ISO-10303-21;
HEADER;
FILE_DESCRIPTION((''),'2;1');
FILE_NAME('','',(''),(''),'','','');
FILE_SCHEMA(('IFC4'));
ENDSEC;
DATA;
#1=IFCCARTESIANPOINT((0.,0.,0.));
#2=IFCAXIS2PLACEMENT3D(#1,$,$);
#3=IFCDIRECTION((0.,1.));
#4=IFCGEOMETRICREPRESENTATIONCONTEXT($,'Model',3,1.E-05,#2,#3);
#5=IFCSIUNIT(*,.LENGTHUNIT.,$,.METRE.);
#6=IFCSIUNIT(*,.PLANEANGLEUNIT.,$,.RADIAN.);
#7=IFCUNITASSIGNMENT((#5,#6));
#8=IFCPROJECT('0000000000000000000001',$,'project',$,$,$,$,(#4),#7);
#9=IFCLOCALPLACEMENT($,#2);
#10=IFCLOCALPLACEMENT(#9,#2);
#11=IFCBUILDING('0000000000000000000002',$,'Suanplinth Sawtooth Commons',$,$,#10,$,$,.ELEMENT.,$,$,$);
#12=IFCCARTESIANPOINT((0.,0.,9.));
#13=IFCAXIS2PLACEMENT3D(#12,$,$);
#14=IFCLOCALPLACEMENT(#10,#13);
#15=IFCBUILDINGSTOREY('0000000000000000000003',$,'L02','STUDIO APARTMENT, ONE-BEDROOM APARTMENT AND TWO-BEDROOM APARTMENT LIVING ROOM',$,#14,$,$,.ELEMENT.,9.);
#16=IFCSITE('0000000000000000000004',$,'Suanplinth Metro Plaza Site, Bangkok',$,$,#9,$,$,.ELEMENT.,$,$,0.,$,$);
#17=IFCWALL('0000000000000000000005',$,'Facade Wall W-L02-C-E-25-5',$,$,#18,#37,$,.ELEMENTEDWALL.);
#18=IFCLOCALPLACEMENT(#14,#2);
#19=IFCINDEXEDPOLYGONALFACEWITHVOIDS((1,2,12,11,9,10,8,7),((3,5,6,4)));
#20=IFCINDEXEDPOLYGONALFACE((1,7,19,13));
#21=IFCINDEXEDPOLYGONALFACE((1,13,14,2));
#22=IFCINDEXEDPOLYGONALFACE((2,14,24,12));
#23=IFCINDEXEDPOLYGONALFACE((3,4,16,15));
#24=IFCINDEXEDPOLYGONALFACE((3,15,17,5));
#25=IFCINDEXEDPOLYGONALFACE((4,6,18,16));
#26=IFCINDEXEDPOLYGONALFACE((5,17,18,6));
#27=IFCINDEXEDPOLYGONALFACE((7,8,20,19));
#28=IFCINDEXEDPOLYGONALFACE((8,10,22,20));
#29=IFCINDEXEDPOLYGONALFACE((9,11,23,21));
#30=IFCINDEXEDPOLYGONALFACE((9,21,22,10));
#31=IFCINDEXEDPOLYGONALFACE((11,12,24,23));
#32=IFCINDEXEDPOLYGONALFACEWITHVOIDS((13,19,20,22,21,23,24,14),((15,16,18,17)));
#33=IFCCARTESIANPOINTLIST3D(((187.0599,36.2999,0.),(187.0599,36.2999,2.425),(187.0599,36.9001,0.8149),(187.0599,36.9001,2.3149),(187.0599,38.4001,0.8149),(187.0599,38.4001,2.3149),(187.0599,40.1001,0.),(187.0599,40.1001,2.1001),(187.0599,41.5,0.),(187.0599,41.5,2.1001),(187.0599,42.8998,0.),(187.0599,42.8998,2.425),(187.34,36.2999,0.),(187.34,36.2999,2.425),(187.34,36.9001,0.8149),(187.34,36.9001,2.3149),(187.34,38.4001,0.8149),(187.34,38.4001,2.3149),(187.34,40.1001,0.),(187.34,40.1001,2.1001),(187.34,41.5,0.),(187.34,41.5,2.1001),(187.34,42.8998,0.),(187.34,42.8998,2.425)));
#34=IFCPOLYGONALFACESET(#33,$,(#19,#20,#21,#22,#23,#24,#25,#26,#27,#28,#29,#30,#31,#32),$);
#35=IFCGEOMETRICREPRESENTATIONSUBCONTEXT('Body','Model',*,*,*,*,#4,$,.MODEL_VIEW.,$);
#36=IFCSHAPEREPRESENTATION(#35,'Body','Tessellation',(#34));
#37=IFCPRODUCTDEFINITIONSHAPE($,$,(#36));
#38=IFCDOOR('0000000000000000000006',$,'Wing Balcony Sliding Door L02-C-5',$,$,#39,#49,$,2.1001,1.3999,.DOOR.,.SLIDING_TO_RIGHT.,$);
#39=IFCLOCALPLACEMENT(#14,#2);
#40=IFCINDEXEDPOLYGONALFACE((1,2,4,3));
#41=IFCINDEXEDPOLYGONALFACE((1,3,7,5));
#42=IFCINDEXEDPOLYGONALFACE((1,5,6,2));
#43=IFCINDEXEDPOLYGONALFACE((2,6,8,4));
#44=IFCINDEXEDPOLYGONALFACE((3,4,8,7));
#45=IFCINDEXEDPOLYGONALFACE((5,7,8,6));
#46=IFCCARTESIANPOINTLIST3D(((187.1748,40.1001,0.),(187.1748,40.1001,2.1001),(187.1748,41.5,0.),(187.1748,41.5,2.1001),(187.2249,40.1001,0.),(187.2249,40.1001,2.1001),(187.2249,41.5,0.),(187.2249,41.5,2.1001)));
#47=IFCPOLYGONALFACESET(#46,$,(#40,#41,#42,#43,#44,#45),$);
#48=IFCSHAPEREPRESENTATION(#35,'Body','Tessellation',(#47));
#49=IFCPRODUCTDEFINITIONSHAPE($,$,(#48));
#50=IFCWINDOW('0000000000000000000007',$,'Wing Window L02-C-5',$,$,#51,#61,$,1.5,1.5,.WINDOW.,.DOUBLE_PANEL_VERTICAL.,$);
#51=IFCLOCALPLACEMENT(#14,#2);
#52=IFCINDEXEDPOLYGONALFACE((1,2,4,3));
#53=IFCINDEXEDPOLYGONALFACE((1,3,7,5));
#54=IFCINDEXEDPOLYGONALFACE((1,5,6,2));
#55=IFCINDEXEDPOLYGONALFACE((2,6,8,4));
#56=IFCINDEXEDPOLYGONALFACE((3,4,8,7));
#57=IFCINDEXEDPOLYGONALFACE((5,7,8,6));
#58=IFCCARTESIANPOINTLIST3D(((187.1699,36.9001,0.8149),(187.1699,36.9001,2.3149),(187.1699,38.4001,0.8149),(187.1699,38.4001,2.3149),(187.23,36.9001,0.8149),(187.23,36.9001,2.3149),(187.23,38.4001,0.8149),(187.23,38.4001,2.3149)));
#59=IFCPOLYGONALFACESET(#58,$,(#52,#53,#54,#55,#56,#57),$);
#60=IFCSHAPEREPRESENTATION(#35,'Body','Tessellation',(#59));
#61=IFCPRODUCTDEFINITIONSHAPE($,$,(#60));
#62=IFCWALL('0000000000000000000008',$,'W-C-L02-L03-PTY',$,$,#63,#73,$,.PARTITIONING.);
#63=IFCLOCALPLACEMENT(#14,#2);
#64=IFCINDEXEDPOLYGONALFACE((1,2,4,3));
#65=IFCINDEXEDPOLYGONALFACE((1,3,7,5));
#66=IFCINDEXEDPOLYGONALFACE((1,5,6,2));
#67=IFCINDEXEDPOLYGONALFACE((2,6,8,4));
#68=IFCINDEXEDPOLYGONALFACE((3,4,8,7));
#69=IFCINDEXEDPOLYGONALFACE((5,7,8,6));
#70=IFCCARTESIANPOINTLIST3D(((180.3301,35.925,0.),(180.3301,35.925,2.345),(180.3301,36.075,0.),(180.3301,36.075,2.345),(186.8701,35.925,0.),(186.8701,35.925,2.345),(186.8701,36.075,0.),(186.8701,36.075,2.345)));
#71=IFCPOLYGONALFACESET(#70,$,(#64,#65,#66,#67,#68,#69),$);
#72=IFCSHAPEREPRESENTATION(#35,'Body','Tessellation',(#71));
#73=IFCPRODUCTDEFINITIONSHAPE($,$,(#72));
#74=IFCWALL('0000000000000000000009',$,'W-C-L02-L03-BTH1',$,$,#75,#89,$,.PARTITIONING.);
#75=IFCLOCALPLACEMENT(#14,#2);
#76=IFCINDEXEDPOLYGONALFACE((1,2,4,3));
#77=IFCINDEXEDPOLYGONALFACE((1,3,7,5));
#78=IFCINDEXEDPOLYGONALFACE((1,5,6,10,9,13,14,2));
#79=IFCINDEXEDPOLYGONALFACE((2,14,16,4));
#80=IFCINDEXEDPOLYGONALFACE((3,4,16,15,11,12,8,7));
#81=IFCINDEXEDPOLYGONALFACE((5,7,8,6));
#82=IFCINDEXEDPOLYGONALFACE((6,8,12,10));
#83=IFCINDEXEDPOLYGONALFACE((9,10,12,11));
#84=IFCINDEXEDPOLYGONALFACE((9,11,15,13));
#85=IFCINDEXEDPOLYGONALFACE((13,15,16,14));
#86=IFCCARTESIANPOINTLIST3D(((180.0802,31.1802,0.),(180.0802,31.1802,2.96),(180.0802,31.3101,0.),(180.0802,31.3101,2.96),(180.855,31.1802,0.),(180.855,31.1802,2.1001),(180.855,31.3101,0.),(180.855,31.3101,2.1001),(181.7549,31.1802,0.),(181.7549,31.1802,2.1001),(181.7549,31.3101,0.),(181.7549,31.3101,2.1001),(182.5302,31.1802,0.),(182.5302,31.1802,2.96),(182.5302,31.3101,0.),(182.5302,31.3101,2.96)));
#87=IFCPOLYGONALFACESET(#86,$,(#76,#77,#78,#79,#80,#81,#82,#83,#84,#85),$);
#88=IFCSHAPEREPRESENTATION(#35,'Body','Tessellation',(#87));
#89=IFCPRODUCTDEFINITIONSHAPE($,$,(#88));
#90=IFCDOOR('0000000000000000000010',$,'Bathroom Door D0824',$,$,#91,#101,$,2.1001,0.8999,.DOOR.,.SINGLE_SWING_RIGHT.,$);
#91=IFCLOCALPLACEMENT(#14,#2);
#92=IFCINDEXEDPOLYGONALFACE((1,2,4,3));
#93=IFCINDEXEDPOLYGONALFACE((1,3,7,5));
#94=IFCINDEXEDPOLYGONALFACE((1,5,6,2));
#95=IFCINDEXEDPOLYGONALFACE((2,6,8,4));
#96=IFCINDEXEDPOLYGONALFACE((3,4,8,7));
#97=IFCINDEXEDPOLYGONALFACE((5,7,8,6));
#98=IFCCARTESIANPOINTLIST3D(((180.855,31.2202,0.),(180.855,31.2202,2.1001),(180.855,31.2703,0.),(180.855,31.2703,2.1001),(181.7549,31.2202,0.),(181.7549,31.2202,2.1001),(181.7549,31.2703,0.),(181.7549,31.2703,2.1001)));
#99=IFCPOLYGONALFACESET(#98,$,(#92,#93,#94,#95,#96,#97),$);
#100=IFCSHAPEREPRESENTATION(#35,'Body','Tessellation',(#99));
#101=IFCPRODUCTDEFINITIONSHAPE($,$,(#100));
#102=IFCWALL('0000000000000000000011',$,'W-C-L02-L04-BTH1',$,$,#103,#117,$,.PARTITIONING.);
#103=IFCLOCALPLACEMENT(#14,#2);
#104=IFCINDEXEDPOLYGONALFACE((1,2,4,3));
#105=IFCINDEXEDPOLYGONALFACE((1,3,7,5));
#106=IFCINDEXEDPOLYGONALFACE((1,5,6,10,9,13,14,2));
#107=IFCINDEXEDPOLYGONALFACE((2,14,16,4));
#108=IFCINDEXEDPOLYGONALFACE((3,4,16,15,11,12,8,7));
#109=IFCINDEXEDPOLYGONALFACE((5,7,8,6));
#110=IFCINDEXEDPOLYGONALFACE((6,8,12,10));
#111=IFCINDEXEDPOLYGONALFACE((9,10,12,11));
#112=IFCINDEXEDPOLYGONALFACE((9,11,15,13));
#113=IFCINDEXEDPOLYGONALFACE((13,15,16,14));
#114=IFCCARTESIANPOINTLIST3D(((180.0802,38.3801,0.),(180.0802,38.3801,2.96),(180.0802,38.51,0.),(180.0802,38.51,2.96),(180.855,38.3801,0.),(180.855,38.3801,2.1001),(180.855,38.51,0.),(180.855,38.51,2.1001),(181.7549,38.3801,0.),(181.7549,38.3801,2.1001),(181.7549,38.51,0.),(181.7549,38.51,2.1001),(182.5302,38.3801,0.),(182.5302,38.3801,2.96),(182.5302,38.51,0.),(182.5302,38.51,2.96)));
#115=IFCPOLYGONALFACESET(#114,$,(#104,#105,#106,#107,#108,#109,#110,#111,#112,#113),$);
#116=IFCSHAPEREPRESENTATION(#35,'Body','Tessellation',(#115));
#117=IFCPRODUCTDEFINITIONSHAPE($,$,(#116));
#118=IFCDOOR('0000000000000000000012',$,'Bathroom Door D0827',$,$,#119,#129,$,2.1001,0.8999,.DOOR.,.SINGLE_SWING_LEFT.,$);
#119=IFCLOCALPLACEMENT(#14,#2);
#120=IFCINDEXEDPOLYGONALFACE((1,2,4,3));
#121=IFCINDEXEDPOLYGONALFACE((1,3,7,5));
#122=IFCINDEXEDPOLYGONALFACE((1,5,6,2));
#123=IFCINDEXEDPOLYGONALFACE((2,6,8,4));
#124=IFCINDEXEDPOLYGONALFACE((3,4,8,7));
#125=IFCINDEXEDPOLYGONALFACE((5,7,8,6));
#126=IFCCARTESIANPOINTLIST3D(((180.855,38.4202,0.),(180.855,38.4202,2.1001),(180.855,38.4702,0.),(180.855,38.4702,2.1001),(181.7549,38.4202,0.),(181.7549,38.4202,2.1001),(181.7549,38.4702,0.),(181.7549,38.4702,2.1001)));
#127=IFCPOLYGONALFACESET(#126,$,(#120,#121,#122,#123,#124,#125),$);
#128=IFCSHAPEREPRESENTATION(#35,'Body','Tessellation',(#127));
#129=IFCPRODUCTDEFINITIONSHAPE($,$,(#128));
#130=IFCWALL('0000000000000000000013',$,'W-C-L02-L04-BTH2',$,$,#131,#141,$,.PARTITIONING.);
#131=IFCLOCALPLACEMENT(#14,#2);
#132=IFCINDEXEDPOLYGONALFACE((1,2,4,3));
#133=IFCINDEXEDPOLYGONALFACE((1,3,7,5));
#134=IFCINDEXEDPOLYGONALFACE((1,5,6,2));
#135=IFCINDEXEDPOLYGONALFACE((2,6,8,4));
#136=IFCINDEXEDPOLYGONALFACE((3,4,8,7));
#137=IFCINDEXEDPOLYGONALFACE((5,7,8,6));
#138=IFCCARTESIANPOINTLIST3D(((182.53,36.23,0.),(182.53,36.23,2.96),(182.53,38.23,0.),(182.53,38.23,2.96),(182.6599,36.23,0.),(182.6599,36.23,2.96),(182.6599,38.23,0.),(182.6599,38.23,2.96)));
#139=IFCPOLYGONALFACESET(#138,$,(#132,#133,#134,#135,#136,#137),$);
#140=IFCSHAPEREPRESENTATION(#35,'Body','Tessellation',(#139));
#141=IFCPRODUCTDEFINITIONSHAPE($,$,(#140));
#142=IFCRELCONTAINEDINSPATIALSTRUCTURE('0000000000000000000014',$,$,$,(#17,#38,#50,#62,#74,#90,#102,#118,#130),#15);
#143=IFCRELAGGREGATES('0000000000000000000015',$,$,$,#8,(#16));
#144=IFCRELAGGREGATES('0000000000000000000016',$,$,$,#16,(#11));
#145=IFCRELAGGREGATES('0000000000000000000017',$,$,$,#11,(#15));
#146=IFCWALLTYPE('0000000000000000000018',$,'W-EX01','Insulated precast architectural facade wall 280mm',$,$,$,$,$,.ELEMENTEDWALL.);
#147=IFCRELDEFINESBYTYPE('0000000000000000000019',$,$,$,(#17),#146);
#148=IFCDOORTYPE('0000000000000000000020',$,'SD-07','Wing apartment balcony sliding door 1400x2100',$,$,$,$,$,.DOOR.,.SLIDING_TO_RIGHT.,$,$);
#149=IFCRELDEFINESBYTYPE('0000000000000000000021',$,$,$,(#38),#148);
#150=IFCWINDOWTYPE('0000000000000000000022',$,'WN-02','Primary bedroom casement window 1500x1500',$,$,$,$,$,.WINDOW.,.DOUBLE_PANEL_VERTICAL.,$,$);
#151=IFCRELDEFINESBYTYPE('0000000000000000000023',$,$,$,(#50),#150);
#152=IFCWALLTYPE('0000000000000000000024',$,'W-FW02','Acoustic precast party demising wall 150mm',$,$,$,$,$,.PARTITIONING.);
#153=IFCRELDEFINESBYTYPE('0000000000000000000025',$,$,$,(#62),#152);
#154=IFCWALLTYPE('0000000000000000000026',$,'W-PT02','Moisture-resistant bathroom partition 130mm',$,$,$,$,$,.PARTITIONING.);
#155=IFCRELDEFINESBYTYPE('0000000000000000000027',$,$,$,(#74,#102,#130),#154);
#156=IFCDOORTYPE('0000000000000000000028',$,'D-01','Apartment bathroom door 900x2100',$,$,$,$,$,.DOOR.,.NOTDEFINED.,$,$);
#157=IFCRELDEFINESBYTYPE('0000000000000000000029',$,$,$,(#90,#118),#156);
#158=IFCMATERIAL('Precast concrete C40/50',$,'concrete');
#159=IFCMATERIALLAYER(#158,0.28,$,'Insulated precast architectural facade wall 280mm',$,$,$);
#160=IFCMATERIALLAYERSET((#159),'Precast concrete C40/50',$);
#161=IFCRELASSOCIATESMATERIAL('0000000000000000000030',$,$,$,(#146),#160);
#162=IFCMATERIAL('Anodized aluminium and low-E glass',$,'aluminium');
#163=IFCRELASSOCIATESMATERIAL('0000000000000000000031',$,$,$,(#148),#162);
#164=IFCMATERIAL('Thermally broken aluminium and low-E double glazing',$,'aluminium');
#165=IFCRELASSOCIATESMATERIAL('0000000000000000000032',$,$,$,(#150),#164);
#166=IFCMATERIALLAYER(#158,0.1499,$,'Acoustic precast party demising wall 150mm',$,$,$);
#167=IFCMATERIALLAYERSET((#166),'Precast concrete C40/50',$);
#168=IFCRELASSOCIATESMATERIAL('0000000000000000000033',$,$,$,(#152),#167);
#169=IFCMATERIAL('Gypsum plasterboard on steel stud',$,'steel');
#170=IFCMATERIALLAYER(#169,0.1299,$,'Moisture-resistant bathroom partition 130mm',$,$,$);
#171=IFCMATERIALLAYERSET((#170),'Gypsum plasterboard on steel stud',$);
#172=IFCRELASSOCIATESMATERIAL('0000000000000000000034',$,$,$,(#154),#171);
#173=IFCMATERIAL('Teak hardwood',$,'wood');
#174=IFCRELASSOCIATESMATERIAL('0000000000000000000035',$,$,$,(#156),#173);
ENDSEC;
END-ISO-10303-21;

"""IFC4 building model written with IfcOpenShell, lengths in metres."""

from ifc_helpers import new_model, si_unit, direction, frame, frame_2d, origin, place, context, subcontext, project, spatial, rectangle, extrude, material, layer, layer_set, type_object, element, fill, save


model = new_model("IFC4")

# Units and contexts
model_context = context("Model", 3, precision=1e-05, world=origin(), true_north=direction((0.0, 1.0)))
body_context = subcontext(model_context, "Body", "Model", "MODEL_VIEW")
ifc_project = project(units=[si_unit("LENGTHUNIT", "METRE"), si_unit("PLANEANGLEUNIT", "RADIAN")], contexts=[model_context])

# Site, building, storey
site_placement = place(None, origin())
site = spatial("IfcSite", under=ifc_project, at=site_placement, Name="Suanplinth Metro Plaza Site, Bangkok", CompositionType="ELEMENT", RefElevation=0.0)
building_placement = place(site_placement, origin())
building = spatial("IfcBuilding", under=site, at=building_placement, Name="Suanplinth Sawtooth Commons", CompositionType="ELEMENT")
storey_placement = place(building_placement, frame((0.0, 0.0, 9.0)))
storey = spatial("IfcBuildingStorey", under=building, at=storey_placement, Name="L02", Description="STUDIO APARTMENT, ONE-BEDROOM APARTMENT AND TWO-BEDROOM APARTMENT LIVING ROOM", CompositionType="ELEMENT", Elevation=9.0)

# Shared definitions
ifc_material_1 = material(Name="Precast concrete C40/50", Category="concrete")

# Wall, openings, door, window
ifc_layer_1 = layer(ifc_material_1, 0.28, Name="Insulated precast architectural facade wall 280mm")
ifc_layer_set_1 = layer_set([ifc_layer_1], Name="Precast concrete C40/50")
wall_type_1 = type_object("IfcWallType", Name="W-EX01", Description="Insulated precast architectural facade wall 280mm", PredefinedType="ELEMENTEDWALL", material=ifc_layer_set_1)
ifc_material_2 = material(Name="Anodized aluminium and low-E glass", Category="aluminium")
door_type_1 = type_object("IfcDoorType", Name="SD-07", Description="Wing apartment balcony sliding door 1400x2100", OperationType="SLIDING_TO_RIGHT", PredefinedType="DOOR", material=ifc_material_2)
ifc_material_3 = material(Name="Thermally broken aluminium and low-E double glazing", Category="aluminium")
window_type = type_object("IfcWindowType", Name="WN-02", Description="Primary bedroom casement window 1500x1500", PartitioningType="DOUBLE_PANEL_VERTICAL", PredefinedType="WINDOW", material=ifc_material_3)
wall_1_placement = place(storey_placement, frame((187.2, 36.3, 0.0), z_axis=(0.0, 0.0, 1.0), x_axis=(0.0, 1.0, 0.0)))
wall_1 = element("IfcWall", 1, at=wall_1_placement, inside=storey, type_object=wall_type_1, Name="Facade Wall W-L02-C-E-25-5", PredefinedType="ELEMENTEDWALL", context=body_context, shape_type="SweptSolid", body=[
    extrude(rectangle(XDim=6.5999, YDim=0.28, at=frame_2d((3.2998, 0.0))), origin(), (0.0, 0.0, 1.0), 2.425),
])
opening_1_placement = place(wall_1_placement, frame((3.8, 0.0, 0.0)))
opening_1 = element("IfcOpeningElement", 2, at=opening_1_placement, cuts=wall_1, PredefinedType="OPENING", context=body_context, shape_type="SweptSolid", body=[
    extrude(rectangle(XDim=1.3999, YDim=2.1001, at=frame_2d((0.7, 1.05))), frame((0.0, 0.1548, 0.0), z_axis=(0.0, -1.0, 0.0), x_axis=(1.0, 0.0, 0.0)), (0.0, 0.0, 1.0), 0.3098),
])
opening_2_placement = place(wall_1_placement, frame((0.6001, 0.0, 0.8149)))
opening_2 = element("IfcOpeningElement", 3, at=opening_2_placement, cuts=wall_1, PredefinedType="OPENING", context=body_context, shape_type="SweptSolid", body=[
    extrude(rectangle(XDim=1.5, YDim=1.5, at=frame_2d((0.75, 0.75))), frame((0.0, 0.1548, 0.0), z_axis=(0.0, -1.0, 0.0), x_axis=(1.0, 0.0, 0.0)), (0.0, 0.0, 1.0), 0.3098),
])
door_1_placement = place(opening_1_placement, frame((1.3999, 0.0, 0.0), z_axis=(0.0, 0.0, 1.0), x_axis=(-1.0, 0.0, 0.0)))
door_1 = element("IfcDoor", 4, at=door_1_placement, inside=storey, type_object=door_type_1, Name="Wing Balcony Sliding Door L02-C-5", OperationType="SLIDING_TO_RIGHT", OverallHeight=2.1001, OverallWidth=1.3999, PredefinedType="DOOR", context=body_context, shape_type="SweptSolid", body=[
    extrude(rectangle(XDim=1.3999, YDim=2.1001, at=frame_2d((0.7, 1.05))), frame((0.0, 0.0249, 0.0), z_axis=(0.0, -1.0, 0.0), x_axis=(1.0, 0.0, 0.0)), (0.0, 0.0, 1.0), 0.05),
])
fill(opening_1, door_1)
window_1_placement = place(opening_2_placement, origin())
window_1 = element("IfcWindow", 5, at=window_1_placement, inside=storey, type_object=window_type, Name="Wing Window L02-C-5", OverallHeight=1.5, OverallWidth=1.5, PartitioningType="DOUBLE_PANEL_VERTICAL", PredefinedType="WINDOW", context=body_context, shape_type="SweptSolid", body=[
    extrude(rectangle(XDim=1.5, YDim=1.5, at=frame_2d((0.75, 0.75))), frame((0.0, 0.03, 0.0), z_axis=(0.0, -1.0, 0.0), x_axis=(1.0, 0.0, 0.0)), (0.0, 0.0, 1.0), 0.0601),
])
fill(opening_2, window_1)

# Wall
ifc_layer_2 = layer(ifc_material_1, 0.1499, Name="Acoustic precast party demising wall 150mm")
ifc_layer_set_2 = layer_set([ifc_layer_2], Name="Precast concrete C40/50")
wall_type_2 = type_object("IfcWallType", Name="W-FW02", Description="Acoustic precast party demising wall 150mm", PredefinedType="PARTITIONING", material=ifc_layer_set_2)
wall_2_placement = place(storey_placement, frame((180.3301, 36.0, 0.0), z_axis=(0.0, 0.0, 1.0), x_axis=(1.0, 0.0, 0.0)))
element("IfcWall", 6, at=wall_2_placement, inside=storey, type_object=wall_type_2, Name="W-C-L02-L03-PTY", PredefinedType="PARTITIONING", context=body_context, shape_type="SweptSolid", body=[
    extrude(rectangle(XDim=6.54, YDim=0.1499, at=frame_2d((3.27, 0.0))), origin(), (0.0, 0.0, 1.0), 2.345),
])

# Walls, openings, doors
ifc_material_4 = material(Name="Gypsum plasterboard on steel stud", Category="steel")
ifc_layer_3 = layer(ifc_material_4, 0.1299, Name="Moisture-resistant bathroom partition 130mm")
ifc_layer_set_3 = layer_set([ifc_layer_3], Name="Gypsum plasterboard on steel stud")
wall_type_3 = type_object("IfcWallType", Name="W-PT02", Description="Moisture-resistant bathroom partition 130mm", PredefinedType="PARTITIONING", material=ifc_layer_set_3)
wall_3_placement = place(storey_placement, frame((180.0801, 31.2451, 0.0), z_axis=(0.0, 0.0, 1.0), x_axis=(1.0, 0.0, 0.0)))
wall_3 = element("IfcWall", 7, at=wall_3_placement, inside=storey, type_object=wall_type_3, Name="W-C-L02-L03-BTH1", PredefinedType="PARTITIONING", context=body_context, shape_type="SweptSolid", body=[
    extrude(rectangle(XDim=2.45, YDim=0.1299, at=frame_2d((1.2251, 0.0))), origin(), (0.0, 0.0, 1.0), 2.96),
])
opening_3_placement = place(wall_3_placement, frame((0.7749, 0.0, 0.0)))
opening_3 = element("IfcOpeningElement", 8, at=opening_3_placement, cuts=wall_3, PredefinedType="OPENING", context=body_context, shape_type="SweptSolid", body=[
    extrude(rectangle(XDim=0.8999, YDim=2.1001, at=frame_2d((0.45, 1.05))), frame((0.0, 0.0798, 0.0), z_axis=(0.0, -1.0, 0.0), x_axis=(1.0, 0.0, 0.0)), (0.0, 0.0, 1.0), 0.1597),
])
ifc_material_5 = material(Name="Teak hardwood", Category="wood")
door_type_2 = type_object("IfcDoorType", Name="D-01", Description="Apartment bathroom door 900x2100", OperationType="NOTDEFINED", PredefinedType="DOOR", material=ifc_material_5)
door_2_placement = place(opening_3_placement, frame((0.8999, 0.0, 0.0), z_axis=(0.0, 0.0, 1.0), x_axis=(-1.0, 0.0, 0.0)))
door_2 = element("IfcDoor", 9, at=door_2_placement, inside=storey, type_object=door_type_2, Name="Bathroom Door D0824", OperationType="SINGLE_SWING_RIGHT", OverallHeight=2.1001, OverallWidth=0.8999, PredefinedType="DOOR", context=body_context, shape_type="SweptSolid", body=[
    extrude(rectangle(XDim=0.8999, YDim=2.1001, at=frame_2d((0.45, 1.05))), frame((0.0, 0.0249, 0.0), z_axis=(0.0, -1.0, 0.0), x_axis=(1.0, 0.0, 0.0)), (0.0, 0.0, 1.0), 0.05),
])
fill(opening_3, door_2)
wall_4_placement = place(storey_placement, frame((180.0801, 38.4451, 0.0), z_axis=(0.0, 0.0, 1.0), x_axis=(1.0, 0.0, 0.0)))
wall_4 = element("IfcWall", 10, at=wall_4_placement, inside=storey, type_object=wall_type_3, Name="W-C-L02-L04-BTH1", PredefinedType="PARTITIONING", context=body_context, shape_type="SweptSolid", body=[
    extrude(rectangle(XDim=2.45, YDim=0.1299, at=frame_2d((1.2251, 0.0))), origin(), (0.0, 0.0, 1.0), 2.96),
])
opening_4_placement = place(wall_4_placement, frame((0.7749, 0.0, 0.0)))
opening_4 = element("IfcOpeningElement", 11, at=opening_4_placement, cuts=wall_4, PredefinedType="OPENING", context=body_context, shape_type="SweptSolid", body=[
    extrude(rectangle(XDim=0.8999, YDim=2.1001, at=frame_2d((0.45, 1.05))), frame((0.0, 0.0798, 0.0), z_axis=(0.0, -1.0, 0.0), x_axis=(1.0, 0.0, 0.0)), (0.0, 0.0, 1.0), 0.1597),
])
door_3_placement = place(opening_4_placement, frame((0.8999, 0.0, 0.0), z_axis=(0.0, 0.0, 1.0), x_axis=(-1.0, 0.0, 0.0)))
door_3 = element("IfcDoor", 12, at=door_3_placement, inside=storey, type_object=door_type_2, Name="Bathroom Door D0827", OperationType="SINGLE_SWING_LEFT", OverallHeight=2.1001, OverallWidth=0.8999, PredefinedType="DOOR", context=body_context, shape_type="SweptSolid", body=[
    extrude(rectangle(XDim=0.8999, YDim=2.1001, at=frame_2d((0.45, 1.05))), frame((0.0, 0.0249, 0.0), z_axis=(0.0, -1.0, 0.0), x_axis=(1.0, 0.0, 0.0)), (0.0, 0.0, 1.0), 0.05),
])
fill(opening_4, door_3)

# Wall
wall_5_placement = place(storey_placement, frame((182.595, 36.23, 0.0), z_axis=(0.0, 0.0, 1.0), x_axis=(0.0, 1.0, 0.0)))
element("IfcWall", 13, at=wall_5_placement, inside=storey, type_object=wall_type_3, Name="W-C-L02-L04-BTH2", PredefinedType="PARTITIONING", context=body_context, shape_type="SweptSolid", body=[
    extrude(rectangle(XDim=2.0, YDim=0.1299, at=frame_2d((1.0, 0.0))), origin(), (0.0, 0.0, 1.0), 2.96),
])

save(model, "model.ifc")
